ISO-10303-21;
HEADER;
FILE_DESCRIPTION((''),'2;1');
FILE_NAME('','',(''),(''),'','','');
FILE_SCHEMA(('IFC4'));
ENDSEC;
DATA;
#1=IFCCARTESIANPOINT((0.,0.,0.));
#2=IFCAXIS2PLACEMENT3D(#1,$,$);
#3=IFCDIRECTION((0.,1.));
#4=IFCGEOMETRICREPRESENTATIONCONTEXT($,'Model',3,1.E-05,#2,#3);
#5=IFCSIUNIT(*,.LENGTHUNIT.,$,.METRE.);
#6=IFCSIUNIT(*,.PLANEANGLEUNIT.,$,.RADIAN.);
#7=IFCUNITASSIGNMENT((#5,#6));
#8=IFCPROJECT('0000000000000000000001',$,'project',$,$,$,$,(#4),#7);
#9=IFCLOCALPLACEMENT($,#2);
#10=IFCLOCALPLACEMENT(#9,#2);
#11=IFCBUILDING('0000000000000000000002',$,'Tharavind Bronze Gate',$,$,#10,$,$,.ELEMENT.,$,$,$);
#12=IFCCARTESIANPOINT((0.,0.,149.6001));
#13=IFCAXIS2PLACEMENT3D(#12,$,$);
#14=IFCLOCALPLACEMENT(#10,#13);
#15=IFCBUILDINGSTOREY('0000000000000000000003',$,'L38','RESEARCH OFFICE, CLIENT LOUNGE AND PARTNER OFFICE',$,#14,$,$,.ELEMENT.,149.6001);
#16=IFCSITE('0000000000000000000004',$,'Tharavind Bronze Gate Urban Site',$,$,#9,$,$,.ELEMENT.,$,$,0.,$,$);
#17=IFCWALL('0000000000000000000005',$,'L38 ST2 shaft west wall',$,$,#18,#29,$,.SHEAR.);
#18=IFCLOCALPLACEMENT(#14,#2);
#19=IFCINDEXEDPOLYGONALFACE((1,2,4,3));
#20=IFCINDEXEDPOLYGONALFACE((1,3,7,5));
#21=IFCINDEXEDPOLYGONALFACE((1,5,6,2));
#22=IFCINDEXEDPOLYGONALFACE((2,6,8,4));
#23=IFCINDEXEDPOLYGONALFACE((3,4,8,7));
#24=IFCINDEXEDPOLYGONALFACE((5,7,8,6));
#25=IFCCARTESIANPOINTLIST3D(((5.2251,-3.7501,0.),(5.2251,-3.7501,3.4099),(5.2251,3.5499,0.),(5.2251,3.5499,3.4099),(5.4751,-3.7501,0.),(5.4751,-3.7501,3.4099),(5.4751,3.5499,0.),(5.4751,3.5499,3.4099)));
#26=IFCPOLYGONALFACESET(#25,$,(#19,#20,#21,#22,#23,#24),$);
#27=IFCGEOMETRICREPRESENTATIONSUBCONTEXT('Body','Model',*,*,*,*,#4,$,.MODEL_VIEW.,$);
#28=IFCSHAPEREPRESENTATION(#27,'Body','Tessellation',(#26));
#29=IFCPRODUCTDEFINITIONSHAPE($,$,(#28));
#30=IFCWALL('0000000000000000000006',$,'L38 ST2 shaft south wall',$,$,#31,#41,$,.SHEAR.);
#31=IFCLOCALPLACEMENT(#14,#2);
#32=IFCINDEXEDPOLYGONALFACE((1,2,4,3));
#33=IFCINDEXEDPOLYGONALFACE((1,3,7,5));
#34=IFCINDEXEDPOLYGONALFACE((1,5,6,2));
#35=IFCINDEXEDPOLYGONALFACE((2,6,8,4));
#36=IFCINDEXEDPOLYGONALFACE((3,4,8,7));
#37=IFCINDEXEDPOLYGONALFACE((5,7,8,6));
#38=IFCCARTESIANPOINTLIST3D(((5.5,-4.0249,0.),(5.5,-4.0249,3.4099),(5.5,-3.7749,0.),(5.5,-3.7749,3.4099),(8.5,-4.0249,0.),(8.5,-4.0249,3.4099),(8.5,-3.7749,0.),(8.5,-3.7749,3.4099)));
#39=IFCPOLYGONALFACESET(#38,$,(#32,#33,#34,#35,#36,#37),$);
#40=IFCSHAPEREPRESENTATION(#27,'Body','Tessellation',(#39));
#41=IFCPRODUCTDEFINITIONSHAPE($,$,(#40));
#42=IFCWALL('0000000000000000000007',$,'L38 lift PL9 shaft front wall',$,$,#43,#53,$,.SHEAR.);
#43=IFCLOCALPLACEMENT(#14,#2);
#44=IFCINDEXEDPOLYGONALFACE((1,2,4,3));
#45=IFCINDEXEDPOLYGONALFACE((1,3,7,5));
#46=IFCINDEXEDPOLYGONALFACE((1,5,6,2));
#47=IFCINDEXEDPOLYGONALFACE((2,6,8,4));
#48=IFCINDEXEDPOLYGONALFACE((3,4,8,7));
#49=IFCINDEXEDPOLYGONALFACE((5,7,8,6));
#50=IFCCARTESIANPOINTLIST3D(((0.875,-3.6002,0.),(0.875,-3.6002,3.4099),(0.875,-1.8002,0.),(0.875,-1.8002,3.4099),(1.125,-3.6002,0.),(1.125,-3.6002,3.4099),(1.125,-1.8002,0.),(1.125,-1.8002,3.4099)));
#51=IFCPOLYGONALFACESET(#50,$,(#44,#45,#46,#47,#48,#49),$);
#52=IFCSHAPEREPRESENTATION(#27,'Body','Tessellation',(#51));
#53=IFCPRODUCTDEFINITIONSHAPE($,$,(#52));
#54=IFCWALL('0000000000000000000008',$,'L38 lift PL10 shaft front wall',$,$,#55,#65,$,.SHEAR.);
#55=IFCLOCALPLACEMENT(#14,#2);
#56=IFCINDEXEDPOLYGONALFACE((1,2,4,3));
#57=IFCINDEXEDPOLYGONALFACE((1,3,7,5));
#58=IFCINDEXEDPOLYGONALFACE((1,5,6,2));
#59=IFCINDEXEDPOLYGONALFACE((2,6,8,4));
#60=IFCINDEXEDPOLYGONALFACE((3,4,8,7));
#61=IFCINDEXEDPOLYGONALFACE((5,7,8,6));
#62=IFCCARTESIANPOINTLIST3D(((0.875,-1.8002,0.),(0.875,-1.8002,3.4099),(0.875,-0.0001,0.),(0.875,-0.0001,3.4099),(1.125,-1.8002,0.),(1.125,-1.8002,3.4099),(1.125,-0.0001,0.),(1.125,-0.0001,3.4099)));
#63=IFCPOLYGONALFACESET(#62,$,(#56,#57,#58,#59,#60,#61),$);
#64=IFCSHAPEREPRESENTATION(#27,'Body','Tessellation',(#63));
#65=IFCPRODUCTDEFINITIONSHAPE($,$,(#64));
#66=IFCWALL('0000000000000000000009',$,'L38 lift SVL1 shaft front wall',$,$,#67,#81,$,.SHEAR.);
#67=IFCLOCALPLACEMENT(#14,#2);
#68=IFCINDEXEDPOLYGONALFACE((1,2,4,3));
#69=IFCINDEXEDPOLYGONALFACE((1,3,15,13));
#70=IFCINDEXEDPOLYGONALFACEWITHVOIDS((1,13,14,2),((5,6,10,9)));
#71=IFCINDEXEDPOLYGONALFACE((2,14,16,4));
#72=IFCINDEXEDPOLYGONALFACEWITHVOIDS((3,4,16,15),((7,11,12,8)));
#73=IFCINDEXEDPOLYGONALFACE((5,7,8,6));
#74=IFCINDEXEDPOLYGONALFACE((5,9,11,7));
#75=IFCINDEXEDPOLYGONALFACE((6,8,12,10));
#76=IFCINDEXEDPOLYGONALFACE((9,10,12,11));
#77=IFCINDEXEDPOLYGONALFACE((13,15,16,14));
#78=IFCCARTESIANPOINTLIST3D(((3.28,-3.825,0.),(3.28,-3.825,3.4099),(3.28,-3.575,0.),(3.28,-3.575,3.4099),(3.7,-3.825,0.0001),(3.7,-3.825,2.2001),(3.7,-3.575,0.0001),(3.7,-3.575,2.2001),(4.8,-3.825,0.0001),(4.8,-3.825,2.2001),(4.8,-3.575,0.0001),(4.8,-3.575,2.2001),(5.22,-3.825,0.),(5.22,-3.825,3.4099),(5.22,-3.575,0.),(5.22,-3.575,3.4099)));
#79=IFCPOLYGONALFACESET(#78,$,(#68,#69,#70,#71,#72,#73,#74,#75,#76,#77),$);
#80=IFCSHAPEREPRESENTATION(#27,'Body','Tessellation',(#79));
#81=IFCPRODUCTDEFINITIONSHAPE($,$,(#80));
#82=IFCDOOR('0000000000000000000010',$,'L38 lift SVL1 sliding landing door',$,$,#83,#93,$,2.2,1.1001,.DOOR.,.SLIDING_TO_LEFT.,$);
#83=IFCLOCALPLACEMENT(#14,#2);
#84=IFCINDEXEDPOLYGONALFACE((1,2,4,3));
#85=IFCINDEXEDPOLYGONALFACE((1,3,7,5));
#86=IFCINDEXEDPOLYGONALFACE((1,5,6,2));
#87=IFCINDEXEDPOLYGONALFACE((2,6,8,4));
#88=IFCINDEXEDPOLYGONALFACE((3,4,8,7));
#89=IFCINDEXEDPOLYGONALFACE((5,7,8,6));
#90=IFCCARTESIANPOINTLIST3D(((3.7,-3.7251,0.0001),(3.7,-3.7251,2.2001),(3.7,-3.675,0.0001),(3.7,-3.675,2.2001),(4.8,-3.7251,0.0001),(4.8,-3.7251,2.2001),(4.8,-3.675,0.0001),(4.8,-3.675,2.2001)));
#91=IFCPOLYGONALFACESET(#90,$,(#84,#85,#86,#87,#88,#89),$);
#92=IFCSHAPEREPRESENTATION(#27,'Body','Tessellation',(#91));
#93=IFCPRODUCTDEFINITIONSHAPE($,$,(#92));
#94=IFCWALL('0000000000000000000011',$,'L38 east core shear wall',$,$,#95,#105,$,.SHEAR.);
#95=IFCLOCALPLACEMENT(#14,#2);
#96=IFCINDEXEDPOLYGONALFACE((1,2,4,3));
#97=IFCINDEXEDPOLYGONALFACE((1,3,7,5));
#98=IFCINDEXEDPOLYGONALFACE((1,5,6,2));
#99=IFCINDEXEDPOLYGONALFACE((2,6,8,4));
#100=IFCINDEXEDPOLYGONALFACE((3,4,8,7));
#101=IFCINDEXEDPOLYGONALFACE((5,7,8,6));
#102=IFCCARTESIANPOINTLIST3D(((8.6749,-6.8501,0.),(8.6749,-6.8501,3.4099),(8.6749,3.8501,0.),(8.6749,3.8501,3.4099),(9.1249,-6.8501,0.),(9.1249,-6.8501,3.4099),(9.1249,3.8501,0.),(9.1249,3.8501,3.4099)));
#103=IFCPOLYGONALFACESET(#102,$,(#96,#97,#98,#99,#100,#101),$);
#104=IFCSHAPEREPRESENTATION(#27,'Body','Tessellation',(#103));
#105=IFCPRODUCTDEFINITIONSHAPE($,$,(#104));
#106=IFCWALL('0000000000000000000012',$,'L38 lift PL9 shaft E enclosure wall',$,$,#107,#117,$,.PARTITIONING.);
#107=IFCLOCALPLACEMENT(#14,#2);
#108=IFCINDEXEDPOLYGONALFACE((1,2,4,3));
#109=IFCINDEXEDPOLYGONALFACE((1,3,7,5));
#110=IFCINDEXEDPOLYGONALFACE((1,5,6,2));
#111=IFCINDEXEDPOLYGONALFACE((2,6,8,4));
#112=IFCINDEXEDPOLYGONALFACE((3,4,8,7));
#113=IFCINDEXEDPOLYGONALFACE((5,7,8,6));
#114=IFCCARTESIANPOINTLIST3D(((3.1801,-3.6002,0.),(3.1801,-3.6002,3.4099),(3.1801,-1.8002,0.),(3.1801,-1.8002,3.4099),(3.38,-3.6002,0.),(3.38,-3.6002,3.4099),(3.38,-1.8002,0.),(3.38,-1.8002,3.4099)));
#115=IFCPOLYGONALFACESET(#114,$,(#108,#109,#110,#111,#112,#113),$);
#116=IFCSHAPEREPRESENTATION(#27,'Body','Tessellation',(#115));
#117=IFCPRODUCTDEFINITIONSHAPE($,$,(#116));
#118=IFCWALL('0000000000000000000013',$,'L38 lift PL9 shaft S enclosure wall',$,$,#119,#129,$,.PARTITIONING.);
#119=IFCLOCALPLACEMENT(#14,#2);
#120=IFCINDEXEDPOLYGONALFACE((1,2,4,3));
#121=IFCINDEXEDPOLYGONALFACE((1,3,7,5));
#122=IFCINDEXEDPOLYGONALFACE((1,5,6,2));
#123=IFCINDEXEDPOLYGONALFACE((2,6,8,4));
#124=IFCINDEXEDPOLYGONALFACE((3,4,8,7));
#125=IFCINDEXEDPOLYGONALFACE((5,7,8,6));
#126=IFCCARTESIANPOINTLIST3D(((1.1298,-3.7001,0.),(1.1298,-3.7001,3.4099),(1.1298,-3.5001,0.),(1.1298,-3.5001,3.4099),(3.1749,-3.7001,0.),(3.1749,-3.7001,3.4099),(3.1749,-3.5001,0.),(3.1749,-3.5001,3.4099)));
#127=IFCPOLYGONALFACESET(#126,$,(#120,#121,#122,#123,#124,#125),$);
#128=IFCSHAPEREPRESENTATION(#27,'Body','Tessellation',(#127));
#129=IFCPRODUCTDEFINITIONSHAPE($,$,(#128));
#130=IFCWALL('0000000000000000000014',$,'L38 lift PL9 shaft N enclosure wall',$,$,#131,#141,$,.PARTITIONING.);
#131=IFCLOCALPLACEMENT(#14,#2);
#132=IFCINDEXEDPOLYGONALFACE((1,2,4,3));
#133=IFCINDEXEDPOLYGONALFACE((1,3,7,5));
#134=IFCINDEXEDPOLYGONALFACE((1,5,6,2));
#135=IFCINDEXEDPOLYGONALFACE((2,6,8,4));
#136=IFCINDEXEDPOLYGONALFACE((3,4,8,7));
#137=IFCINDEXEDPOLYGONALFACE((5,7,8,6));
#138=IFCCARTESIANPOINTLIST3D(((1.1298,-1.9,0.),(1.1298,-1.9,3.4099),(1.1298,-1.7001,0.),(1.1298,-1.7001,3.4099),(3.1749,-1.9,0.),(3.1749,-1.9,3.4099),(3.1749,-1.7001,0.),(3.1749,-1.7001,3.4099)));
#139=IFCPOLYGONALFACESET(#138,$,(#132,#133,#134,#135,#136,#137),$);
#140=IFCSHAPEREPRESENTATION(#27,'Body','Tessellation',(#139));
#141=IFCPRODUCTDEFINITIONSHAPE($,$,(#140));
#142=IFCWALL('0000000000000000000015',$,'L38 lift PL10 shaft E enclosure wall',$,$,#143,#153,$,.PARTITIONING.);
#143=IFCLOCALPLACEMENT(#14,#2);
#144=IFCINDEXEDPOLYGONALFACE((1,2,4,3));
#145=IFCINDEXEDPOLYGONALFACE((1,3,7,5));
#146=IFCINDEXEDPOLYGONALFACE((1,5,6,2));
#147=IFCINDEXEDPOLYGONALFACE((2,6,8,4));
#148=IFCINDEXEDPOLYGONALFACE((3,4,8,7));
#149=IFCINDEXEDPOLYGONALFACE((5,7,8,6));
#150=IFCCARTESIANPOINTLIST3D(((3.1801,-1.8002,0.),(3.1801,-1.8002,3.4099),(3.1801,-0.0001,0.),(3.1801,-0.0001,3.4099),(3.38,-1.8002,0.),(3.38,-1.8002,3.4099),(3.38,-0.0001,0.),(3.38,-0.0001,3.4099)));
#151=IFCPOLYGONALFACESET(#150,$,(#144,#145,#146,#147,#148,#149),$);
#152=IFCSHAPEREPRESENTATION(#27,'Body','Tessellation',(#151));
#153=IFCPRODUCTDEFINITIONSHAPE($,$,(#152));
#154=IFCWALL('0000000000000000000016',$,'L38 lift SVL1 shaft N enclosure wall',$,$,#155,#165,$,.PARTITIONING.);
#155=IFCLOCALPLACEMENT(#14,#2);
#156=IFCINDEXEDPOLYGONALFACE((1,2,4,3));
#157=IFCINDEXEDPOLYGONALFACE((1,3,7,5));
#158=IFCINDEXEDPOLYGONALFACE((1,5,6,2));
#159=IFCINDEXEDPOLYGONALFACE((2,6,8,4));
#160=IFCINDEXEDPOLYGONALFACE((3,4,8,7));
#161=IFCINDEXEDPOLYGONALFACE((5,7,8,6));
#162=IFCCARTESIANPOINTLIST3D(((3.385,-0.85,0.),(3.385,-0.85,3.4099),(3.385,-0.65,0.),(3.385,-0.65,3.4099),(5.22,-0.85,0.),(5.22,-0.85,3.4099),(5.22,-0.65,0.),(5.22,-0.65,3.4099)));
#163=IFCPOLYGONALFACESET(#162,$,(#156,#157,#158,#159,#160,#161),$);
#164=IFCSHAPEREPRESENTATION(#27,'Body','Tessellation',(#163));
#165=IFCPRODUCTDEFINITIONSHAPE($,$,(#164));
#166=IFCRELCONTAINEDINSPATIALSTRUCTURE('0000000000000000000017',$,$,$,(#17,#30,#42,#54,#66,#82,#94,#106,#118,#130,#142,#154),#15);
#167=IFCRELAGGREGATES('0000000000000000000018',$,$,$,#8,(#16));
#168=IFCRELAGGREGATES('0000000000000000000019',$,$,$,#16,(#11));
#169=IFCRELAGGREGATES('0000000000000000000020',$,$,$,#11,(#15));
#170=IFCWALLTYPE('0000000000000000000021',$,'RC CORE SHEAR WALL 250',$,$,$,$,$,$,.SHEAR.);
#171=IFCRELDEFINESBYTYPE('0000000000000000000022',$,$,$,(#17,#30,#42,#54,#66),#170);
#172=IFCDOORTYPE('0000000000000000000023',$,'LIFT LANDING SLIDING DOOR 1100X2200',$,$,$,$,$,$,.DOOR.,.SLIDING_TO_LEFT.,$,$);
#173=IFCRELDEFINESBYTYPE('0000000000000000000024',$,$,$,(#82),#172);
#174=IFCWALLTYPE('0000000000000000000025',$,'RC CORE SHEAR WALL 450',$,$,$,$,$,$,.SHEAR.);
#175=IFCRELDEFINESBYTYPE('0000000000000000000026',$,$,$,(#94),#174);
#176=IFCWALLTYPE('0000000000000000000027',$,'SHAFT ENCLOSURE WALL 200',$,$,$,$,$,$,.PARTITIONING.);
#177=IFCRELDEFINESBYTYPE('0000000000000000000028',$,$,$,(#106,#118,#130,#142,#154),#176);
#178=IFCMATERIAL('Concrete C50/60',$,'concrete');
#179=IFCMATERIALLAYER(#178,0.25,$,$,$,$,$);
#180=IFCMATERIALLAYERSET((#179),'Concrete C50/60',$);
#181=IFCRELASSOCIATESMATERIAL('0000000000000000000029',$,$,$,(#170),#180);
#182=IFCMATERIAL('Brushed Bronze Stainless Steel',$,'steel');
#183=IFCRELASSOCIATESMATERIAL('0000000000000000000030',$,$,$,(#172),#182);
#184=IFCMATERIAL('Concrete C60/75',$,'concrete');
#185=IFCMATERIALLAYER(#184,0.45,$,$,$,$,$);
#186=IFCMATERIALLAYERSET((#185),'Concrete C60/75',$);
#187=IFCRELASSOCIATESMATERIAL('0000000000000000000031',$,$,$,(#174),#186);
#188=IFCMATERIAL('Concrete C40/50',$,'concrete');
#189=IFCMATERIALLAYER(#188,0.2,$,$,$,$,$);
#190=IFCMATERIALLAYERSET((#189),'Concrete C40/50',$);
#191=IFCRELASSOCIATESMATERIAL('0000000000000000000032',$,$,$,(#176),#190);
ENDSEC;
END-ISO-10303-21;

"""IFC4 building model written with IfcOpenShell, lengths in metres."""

from ifc_helpers import new_model, si_unit, direction, frame, frame_2d, origin, place, context, subcontext, project, spatial, rectangle, extrude, material, layer, layer_set, type_object, element, fill, save


model = new_model("IFC4")

# Units and contexts
model_context = context("Model", 3, precision=1e-05, world=origin(), true_north=direction((0.0, 1.0)))
body_context = subcontext(model_context, "Body", "Model", "MODEL_VIEW")
ifc_project = project(units=[si_unit("LENGTHUNIT", "METRE"), si_unit("PLANEANGLEUNIT", "RADIAN")], contexts=[model_context])

# Site, building, storey
site_placement = place(None, origin())
site = spatial("IfcSite", under=ifc_project, at=site_placement, Name="Tharavind Bronze Gate Urban Site", CompositionType="ELEMENT", RefElevation=0.0)
building_placement = place(site_placement, origin())
building = spatial("IfcBuilding", under=site, at=building_placement, Name="Tharavind Bronze Gate", CompositionType="ELEMENT")
storey_placement = place(building_placement, frame((0.0, 0.0, 149.6001)))
storey = spatial("IfcBuildingStorey", under=building, at=storey_placement, Name="L38", Description="RESEARCH OFFICE, CLIENT LOUNGE AND PARTNER OFFICE", CompositionType="ELEMENT", Elevation=149.6001)

# Shared definitions
ifc_material_1 = material(Name="Concrete C60/75", Category="concrete")

# Walls
ifc_material_2 = material(Name="Concrete C50/60", Category="concrete")
ifc_layer_1 = layer(ifc_material_2, 0.25)
ifc_layer_set_1 = layer_set([ifc_layer_1], Name="Concrete C50/60")
wall_type_1 = type_object("IfcWallType", Name="RC CORE SHEAR WALL 250", PredefinedType="SHEAR", material=ifc_layer_set_1)
wall_1_placement = place(storey_placement, frame((5.3501, -3.75, 0.0), z_axis=(0.0, 0.0, 1.0), x_axis=(0.0, 1.0, 0.0)))
element("IfcWall", 1, at=wall_1_placement, inside=storey, type_object=wall_type_1, Name="L38 ST2 shaft west wall", PredefinedType="SHEAR", context=body_context, shape_type="SweptSolid", body=[
    extrude(rectangle(XDim=7.3, YDim=0.25, at=frame_2d((3.6499, 0.0))), origin(), (0.0, 0.0, 1.0), 3.4099),
])
wall_2_placement = place(storey_placement, frame((5.5, -3.8999, 0.0), z_axis=(0.0, 0.0, 1.0), x_axis=(1.0, 0.0, 0.0)))
element("IfcWall", 2, at=wall_2_placement, inside=storey, type_object=wall_type_1, Name="L38 ST2 shaft south wall", PredefinedType="SHEAR", context=body_context, shape_type="SweptSolid", body=[
    extrude(rectangle(XDim=3.0, YDim=0.25, at=frame_2d((1.5, 0.0))), origin(), (0.0, 0.0, 1.0), 3.4099),
])
for number, where, z_axis, x_axis, name in (
    (3, (1.0, -3.6001, 0.0), (0.0, 0.0, 1.0), (0.0, 1.0, 0.0), "L38 lift PL9 shaft front wall"),
    (4, (1.0, -1.8, 0.0), (0.0, 0.0, 1.0), (0.0, 1.0, 0.0), "L38 lift PL10 shaft front wall"),
):
    element("IfcWall", number, at=place(storey_placement, frame(where, z_axis=z_axis, x_axis=x_axis)), inside=storey, type_object=wall_type_1, Name=name, PredefinedType="SHEAR", context=body_context, shape_type="SweptSolid", body=[
        extrude(rectangle(XDim=1.8, YDim=0.25, at=frame_2d((0.8999, 0.0))), origin(), (0.0, 0.0, 1.0), 3.4099),
    ])

# Wall, opening, door
wall_3_placement = place(storey_placement, frame((3.28, -3.7, 0.0), z_axis=(0.0, 0.0, 1.0), x_axis=(1.0, 0.0, 0.0)))
wall_3 = element("IfcWall", 5, at=wall_3_placement, inside=storey, type_object=wall_type_1, Name="L38 lift SVL1 shaft front wall", PredefinedType="SHEAR", context=body_context, shape_type="SweptSolid", body=[
    extrude(rectangle(XDim=1.9399, YDim=0.25, at=frame_2d((0.97, 0.0))), origin(), (0.0, 0.0, 1.0), 3.4099),
])
opening_1_placement = place(wall_3_placement, frame((0.4199, 0.0, 0.0)))
opening_1 = element("IfcOpeningElement", 6, at=opening_1_placement, cuts=wall_3, PredefinedType="OPENING", context=body_context, shape_type="SweptSolid", body=[
    extrude(rectangle(XDim=1.1001, YDim=2.2, at=frame_2d((0.55, 1.1001))), frame((0.0, 0.135, 0.0), z_axis=(0.0, -1.0, 0.0), x_axis=(1.0, 0.0, 0.0)), (0.0, 0.0, 1.0), 0.27),
])
ifc_material_3 = material(Name="Brushed Bronze Stainless Steel", Category="steel")
door_type_1 = type_object("IfcDoorType", Name="LIFT LANDING SLIDING DOOR 1100X2200", OperationType="SLIDING_TO_LEFT", PredefinedType="DOOR", material=ifc_material_3)
door_1_placement = place(opening_1_placement, origin())
door_1 = element("IfcDoor", 7, at=door_1_placement, inside=storey, type_object=door_type_1, Name="L38 lift SVL1 sliding landing door", OperationType="SLIDING_TO_LEFT", OverallHeight=2.2, OverallWidth=1.1001, PredefinedType="DOOR", context=body_context, shape_type="SweptSolid", body=[
    extrude(rectangle(XDim=1.1001, YDim=2.2, at=frame_2d((0.55, 1.1001))), frame((0.0, 0.0249, 0.0), z_axis=(0.0, -1.0, 0.0), x_axis=(1.0, 0.0, 0.0)), (0.0, 0.0, 1.0), 0.05),
])
fill(opening_1, door_1)

# Walls
ifc_layer_2 = layer(ifc_material_1, 0.45)
ifc_layer_set_2 = layer_set([ifc_layer_2], Name="Concrete C60/75")
wall_type_2 = type_object("IfcWallType", Name="RC CORE SHEAR WALL 450", PredefinedType="SHEAR", material=ifc_layer_set_2)
wall_4_placement = place(storey_placement, frame((8.8999, -6.8501, 0.0), z_axis=(0.0, 0.0, 1.0), x_axis=(0.0, 1.0, 0.0)))
element("IfcWall", 8, at=wall_4_placement, inside=storey, type_object=wall_type_2, Name="L38 east core shear wall", PredefinedType="SHEAR", context=body_context, shape_type="SweptSolid", body=[
    extrude(rectangle(XDim=10.7002, YDim=0.45, at=frame_2d((5.3501, 0.0))), origin(), (0.0, 0.0, 1.0), 3.4099),
])
ifc_material_4 = material(Name="Concrete C40/50", Category="concrete")
ifc_layer_3 = layer(ifc_material_4, 0.2)
ifc_layer_set_3 = layer_set([ifc_layer_3], Name="Concrete C40/50")
wall_type_3 = type_object("IfcWallType", Name="SHAFT ENCLOSURE WALL 200", PredefinedType="PARTITIONING", material=ifc_layer_set_3)
wall_5_placement = place(storey_placement, frame((3.28, -3.6001, 0.0), z_axis=(0.0, 0.0, 1.0), x_axis=(0.0, 1.0, 0.0)))
element("IfcWall", 9, at=wall_5_placement, inside=storey, type_object=wall_type_3, Name="L38 lift PL9 shaft E enclosure wall", PredefinedType="PARTITIONING", context=body_context, shape_type="SweptSolid", body=[
    extrude(rectangle(XDim=1.8, YDim=0.2, at=frame_2d((0.8999, 0.0))), origin(), (0.0, 0.0, 1.0), 3.4099),
])
for number, where, z_axis, x_axis, name in (
    (10, (1.1299, -3.6001, 0.0), (0.0, 0.0, 1.0), (1.0, 0.0, 0.0), "L38 lift PL9 shaft S enclosure wall"),
    (11, (1.1299, -1.8, 0.0), (0.0, 0.0, 1.0), (1.0, 0.0, 0.0), "L38 lift PL9 shaft N enclosure wall"),
):
    element("IfcWall", number, at=place(storey_placement, frame(where, z_axis=z_axis, x_axis=x_axis)), inside=storey, type_object=wall_type_3, Name=name, PredefinedType="PARTITIONING", context=body_context, shape_type="SweptSolid", body=[
        extrude(rectangle(XDim=2.0452, YDim=0.2, at=frame_2d((1.0225, 0.0))), origin(), (0.0, 0.0, 1.0), 3.4099),
    ])
wall_6_placement = place(storey_placement, frame((3.28, -1.8, 0.0), z_axis=(0.0, 0.0, 1.0), x_axis=(0.0, 1.0, 0.0)))
element("IfcWall", 12, at=wall_6_placement, inside=storey, type_object=wall_type_3, Name="L38 lift PL10 shaft E enclosure wall", PredefinedType="PARTITIONING", context=body_context, shape_type="SweptSolid", body=[
    extrude(rectangle(XDim=1.8, YDim=0.2, at=frame_2d((0.8999, 0.0))), origin(), (0.0, 0.0, 1.0), 3.4099),
])
wall_7_placement = place(storey_placement, frame((3.385, -0.75, 0.0), z_axis=(0.0, 0.0, 1.0), x_axis=(1.0, 0.0, 0.0)))
element("IfcWall", 13, at=wall_7_placement, inside=storey, type_object=wall_type_3, Name="L38 lift SVL1 shaft N enclosure wall", PredefinedType="PARTITIONING", context=body_context, shape_type="SweptSolid", body=[
    extrude(rectangle(XDim=1.835, YDim=0.2, at=frame_2d((0.9175, 0.0))), origin(), (0.0, 0.0, 1.0), 3.4099),
])

save(model, "model.ifc")
